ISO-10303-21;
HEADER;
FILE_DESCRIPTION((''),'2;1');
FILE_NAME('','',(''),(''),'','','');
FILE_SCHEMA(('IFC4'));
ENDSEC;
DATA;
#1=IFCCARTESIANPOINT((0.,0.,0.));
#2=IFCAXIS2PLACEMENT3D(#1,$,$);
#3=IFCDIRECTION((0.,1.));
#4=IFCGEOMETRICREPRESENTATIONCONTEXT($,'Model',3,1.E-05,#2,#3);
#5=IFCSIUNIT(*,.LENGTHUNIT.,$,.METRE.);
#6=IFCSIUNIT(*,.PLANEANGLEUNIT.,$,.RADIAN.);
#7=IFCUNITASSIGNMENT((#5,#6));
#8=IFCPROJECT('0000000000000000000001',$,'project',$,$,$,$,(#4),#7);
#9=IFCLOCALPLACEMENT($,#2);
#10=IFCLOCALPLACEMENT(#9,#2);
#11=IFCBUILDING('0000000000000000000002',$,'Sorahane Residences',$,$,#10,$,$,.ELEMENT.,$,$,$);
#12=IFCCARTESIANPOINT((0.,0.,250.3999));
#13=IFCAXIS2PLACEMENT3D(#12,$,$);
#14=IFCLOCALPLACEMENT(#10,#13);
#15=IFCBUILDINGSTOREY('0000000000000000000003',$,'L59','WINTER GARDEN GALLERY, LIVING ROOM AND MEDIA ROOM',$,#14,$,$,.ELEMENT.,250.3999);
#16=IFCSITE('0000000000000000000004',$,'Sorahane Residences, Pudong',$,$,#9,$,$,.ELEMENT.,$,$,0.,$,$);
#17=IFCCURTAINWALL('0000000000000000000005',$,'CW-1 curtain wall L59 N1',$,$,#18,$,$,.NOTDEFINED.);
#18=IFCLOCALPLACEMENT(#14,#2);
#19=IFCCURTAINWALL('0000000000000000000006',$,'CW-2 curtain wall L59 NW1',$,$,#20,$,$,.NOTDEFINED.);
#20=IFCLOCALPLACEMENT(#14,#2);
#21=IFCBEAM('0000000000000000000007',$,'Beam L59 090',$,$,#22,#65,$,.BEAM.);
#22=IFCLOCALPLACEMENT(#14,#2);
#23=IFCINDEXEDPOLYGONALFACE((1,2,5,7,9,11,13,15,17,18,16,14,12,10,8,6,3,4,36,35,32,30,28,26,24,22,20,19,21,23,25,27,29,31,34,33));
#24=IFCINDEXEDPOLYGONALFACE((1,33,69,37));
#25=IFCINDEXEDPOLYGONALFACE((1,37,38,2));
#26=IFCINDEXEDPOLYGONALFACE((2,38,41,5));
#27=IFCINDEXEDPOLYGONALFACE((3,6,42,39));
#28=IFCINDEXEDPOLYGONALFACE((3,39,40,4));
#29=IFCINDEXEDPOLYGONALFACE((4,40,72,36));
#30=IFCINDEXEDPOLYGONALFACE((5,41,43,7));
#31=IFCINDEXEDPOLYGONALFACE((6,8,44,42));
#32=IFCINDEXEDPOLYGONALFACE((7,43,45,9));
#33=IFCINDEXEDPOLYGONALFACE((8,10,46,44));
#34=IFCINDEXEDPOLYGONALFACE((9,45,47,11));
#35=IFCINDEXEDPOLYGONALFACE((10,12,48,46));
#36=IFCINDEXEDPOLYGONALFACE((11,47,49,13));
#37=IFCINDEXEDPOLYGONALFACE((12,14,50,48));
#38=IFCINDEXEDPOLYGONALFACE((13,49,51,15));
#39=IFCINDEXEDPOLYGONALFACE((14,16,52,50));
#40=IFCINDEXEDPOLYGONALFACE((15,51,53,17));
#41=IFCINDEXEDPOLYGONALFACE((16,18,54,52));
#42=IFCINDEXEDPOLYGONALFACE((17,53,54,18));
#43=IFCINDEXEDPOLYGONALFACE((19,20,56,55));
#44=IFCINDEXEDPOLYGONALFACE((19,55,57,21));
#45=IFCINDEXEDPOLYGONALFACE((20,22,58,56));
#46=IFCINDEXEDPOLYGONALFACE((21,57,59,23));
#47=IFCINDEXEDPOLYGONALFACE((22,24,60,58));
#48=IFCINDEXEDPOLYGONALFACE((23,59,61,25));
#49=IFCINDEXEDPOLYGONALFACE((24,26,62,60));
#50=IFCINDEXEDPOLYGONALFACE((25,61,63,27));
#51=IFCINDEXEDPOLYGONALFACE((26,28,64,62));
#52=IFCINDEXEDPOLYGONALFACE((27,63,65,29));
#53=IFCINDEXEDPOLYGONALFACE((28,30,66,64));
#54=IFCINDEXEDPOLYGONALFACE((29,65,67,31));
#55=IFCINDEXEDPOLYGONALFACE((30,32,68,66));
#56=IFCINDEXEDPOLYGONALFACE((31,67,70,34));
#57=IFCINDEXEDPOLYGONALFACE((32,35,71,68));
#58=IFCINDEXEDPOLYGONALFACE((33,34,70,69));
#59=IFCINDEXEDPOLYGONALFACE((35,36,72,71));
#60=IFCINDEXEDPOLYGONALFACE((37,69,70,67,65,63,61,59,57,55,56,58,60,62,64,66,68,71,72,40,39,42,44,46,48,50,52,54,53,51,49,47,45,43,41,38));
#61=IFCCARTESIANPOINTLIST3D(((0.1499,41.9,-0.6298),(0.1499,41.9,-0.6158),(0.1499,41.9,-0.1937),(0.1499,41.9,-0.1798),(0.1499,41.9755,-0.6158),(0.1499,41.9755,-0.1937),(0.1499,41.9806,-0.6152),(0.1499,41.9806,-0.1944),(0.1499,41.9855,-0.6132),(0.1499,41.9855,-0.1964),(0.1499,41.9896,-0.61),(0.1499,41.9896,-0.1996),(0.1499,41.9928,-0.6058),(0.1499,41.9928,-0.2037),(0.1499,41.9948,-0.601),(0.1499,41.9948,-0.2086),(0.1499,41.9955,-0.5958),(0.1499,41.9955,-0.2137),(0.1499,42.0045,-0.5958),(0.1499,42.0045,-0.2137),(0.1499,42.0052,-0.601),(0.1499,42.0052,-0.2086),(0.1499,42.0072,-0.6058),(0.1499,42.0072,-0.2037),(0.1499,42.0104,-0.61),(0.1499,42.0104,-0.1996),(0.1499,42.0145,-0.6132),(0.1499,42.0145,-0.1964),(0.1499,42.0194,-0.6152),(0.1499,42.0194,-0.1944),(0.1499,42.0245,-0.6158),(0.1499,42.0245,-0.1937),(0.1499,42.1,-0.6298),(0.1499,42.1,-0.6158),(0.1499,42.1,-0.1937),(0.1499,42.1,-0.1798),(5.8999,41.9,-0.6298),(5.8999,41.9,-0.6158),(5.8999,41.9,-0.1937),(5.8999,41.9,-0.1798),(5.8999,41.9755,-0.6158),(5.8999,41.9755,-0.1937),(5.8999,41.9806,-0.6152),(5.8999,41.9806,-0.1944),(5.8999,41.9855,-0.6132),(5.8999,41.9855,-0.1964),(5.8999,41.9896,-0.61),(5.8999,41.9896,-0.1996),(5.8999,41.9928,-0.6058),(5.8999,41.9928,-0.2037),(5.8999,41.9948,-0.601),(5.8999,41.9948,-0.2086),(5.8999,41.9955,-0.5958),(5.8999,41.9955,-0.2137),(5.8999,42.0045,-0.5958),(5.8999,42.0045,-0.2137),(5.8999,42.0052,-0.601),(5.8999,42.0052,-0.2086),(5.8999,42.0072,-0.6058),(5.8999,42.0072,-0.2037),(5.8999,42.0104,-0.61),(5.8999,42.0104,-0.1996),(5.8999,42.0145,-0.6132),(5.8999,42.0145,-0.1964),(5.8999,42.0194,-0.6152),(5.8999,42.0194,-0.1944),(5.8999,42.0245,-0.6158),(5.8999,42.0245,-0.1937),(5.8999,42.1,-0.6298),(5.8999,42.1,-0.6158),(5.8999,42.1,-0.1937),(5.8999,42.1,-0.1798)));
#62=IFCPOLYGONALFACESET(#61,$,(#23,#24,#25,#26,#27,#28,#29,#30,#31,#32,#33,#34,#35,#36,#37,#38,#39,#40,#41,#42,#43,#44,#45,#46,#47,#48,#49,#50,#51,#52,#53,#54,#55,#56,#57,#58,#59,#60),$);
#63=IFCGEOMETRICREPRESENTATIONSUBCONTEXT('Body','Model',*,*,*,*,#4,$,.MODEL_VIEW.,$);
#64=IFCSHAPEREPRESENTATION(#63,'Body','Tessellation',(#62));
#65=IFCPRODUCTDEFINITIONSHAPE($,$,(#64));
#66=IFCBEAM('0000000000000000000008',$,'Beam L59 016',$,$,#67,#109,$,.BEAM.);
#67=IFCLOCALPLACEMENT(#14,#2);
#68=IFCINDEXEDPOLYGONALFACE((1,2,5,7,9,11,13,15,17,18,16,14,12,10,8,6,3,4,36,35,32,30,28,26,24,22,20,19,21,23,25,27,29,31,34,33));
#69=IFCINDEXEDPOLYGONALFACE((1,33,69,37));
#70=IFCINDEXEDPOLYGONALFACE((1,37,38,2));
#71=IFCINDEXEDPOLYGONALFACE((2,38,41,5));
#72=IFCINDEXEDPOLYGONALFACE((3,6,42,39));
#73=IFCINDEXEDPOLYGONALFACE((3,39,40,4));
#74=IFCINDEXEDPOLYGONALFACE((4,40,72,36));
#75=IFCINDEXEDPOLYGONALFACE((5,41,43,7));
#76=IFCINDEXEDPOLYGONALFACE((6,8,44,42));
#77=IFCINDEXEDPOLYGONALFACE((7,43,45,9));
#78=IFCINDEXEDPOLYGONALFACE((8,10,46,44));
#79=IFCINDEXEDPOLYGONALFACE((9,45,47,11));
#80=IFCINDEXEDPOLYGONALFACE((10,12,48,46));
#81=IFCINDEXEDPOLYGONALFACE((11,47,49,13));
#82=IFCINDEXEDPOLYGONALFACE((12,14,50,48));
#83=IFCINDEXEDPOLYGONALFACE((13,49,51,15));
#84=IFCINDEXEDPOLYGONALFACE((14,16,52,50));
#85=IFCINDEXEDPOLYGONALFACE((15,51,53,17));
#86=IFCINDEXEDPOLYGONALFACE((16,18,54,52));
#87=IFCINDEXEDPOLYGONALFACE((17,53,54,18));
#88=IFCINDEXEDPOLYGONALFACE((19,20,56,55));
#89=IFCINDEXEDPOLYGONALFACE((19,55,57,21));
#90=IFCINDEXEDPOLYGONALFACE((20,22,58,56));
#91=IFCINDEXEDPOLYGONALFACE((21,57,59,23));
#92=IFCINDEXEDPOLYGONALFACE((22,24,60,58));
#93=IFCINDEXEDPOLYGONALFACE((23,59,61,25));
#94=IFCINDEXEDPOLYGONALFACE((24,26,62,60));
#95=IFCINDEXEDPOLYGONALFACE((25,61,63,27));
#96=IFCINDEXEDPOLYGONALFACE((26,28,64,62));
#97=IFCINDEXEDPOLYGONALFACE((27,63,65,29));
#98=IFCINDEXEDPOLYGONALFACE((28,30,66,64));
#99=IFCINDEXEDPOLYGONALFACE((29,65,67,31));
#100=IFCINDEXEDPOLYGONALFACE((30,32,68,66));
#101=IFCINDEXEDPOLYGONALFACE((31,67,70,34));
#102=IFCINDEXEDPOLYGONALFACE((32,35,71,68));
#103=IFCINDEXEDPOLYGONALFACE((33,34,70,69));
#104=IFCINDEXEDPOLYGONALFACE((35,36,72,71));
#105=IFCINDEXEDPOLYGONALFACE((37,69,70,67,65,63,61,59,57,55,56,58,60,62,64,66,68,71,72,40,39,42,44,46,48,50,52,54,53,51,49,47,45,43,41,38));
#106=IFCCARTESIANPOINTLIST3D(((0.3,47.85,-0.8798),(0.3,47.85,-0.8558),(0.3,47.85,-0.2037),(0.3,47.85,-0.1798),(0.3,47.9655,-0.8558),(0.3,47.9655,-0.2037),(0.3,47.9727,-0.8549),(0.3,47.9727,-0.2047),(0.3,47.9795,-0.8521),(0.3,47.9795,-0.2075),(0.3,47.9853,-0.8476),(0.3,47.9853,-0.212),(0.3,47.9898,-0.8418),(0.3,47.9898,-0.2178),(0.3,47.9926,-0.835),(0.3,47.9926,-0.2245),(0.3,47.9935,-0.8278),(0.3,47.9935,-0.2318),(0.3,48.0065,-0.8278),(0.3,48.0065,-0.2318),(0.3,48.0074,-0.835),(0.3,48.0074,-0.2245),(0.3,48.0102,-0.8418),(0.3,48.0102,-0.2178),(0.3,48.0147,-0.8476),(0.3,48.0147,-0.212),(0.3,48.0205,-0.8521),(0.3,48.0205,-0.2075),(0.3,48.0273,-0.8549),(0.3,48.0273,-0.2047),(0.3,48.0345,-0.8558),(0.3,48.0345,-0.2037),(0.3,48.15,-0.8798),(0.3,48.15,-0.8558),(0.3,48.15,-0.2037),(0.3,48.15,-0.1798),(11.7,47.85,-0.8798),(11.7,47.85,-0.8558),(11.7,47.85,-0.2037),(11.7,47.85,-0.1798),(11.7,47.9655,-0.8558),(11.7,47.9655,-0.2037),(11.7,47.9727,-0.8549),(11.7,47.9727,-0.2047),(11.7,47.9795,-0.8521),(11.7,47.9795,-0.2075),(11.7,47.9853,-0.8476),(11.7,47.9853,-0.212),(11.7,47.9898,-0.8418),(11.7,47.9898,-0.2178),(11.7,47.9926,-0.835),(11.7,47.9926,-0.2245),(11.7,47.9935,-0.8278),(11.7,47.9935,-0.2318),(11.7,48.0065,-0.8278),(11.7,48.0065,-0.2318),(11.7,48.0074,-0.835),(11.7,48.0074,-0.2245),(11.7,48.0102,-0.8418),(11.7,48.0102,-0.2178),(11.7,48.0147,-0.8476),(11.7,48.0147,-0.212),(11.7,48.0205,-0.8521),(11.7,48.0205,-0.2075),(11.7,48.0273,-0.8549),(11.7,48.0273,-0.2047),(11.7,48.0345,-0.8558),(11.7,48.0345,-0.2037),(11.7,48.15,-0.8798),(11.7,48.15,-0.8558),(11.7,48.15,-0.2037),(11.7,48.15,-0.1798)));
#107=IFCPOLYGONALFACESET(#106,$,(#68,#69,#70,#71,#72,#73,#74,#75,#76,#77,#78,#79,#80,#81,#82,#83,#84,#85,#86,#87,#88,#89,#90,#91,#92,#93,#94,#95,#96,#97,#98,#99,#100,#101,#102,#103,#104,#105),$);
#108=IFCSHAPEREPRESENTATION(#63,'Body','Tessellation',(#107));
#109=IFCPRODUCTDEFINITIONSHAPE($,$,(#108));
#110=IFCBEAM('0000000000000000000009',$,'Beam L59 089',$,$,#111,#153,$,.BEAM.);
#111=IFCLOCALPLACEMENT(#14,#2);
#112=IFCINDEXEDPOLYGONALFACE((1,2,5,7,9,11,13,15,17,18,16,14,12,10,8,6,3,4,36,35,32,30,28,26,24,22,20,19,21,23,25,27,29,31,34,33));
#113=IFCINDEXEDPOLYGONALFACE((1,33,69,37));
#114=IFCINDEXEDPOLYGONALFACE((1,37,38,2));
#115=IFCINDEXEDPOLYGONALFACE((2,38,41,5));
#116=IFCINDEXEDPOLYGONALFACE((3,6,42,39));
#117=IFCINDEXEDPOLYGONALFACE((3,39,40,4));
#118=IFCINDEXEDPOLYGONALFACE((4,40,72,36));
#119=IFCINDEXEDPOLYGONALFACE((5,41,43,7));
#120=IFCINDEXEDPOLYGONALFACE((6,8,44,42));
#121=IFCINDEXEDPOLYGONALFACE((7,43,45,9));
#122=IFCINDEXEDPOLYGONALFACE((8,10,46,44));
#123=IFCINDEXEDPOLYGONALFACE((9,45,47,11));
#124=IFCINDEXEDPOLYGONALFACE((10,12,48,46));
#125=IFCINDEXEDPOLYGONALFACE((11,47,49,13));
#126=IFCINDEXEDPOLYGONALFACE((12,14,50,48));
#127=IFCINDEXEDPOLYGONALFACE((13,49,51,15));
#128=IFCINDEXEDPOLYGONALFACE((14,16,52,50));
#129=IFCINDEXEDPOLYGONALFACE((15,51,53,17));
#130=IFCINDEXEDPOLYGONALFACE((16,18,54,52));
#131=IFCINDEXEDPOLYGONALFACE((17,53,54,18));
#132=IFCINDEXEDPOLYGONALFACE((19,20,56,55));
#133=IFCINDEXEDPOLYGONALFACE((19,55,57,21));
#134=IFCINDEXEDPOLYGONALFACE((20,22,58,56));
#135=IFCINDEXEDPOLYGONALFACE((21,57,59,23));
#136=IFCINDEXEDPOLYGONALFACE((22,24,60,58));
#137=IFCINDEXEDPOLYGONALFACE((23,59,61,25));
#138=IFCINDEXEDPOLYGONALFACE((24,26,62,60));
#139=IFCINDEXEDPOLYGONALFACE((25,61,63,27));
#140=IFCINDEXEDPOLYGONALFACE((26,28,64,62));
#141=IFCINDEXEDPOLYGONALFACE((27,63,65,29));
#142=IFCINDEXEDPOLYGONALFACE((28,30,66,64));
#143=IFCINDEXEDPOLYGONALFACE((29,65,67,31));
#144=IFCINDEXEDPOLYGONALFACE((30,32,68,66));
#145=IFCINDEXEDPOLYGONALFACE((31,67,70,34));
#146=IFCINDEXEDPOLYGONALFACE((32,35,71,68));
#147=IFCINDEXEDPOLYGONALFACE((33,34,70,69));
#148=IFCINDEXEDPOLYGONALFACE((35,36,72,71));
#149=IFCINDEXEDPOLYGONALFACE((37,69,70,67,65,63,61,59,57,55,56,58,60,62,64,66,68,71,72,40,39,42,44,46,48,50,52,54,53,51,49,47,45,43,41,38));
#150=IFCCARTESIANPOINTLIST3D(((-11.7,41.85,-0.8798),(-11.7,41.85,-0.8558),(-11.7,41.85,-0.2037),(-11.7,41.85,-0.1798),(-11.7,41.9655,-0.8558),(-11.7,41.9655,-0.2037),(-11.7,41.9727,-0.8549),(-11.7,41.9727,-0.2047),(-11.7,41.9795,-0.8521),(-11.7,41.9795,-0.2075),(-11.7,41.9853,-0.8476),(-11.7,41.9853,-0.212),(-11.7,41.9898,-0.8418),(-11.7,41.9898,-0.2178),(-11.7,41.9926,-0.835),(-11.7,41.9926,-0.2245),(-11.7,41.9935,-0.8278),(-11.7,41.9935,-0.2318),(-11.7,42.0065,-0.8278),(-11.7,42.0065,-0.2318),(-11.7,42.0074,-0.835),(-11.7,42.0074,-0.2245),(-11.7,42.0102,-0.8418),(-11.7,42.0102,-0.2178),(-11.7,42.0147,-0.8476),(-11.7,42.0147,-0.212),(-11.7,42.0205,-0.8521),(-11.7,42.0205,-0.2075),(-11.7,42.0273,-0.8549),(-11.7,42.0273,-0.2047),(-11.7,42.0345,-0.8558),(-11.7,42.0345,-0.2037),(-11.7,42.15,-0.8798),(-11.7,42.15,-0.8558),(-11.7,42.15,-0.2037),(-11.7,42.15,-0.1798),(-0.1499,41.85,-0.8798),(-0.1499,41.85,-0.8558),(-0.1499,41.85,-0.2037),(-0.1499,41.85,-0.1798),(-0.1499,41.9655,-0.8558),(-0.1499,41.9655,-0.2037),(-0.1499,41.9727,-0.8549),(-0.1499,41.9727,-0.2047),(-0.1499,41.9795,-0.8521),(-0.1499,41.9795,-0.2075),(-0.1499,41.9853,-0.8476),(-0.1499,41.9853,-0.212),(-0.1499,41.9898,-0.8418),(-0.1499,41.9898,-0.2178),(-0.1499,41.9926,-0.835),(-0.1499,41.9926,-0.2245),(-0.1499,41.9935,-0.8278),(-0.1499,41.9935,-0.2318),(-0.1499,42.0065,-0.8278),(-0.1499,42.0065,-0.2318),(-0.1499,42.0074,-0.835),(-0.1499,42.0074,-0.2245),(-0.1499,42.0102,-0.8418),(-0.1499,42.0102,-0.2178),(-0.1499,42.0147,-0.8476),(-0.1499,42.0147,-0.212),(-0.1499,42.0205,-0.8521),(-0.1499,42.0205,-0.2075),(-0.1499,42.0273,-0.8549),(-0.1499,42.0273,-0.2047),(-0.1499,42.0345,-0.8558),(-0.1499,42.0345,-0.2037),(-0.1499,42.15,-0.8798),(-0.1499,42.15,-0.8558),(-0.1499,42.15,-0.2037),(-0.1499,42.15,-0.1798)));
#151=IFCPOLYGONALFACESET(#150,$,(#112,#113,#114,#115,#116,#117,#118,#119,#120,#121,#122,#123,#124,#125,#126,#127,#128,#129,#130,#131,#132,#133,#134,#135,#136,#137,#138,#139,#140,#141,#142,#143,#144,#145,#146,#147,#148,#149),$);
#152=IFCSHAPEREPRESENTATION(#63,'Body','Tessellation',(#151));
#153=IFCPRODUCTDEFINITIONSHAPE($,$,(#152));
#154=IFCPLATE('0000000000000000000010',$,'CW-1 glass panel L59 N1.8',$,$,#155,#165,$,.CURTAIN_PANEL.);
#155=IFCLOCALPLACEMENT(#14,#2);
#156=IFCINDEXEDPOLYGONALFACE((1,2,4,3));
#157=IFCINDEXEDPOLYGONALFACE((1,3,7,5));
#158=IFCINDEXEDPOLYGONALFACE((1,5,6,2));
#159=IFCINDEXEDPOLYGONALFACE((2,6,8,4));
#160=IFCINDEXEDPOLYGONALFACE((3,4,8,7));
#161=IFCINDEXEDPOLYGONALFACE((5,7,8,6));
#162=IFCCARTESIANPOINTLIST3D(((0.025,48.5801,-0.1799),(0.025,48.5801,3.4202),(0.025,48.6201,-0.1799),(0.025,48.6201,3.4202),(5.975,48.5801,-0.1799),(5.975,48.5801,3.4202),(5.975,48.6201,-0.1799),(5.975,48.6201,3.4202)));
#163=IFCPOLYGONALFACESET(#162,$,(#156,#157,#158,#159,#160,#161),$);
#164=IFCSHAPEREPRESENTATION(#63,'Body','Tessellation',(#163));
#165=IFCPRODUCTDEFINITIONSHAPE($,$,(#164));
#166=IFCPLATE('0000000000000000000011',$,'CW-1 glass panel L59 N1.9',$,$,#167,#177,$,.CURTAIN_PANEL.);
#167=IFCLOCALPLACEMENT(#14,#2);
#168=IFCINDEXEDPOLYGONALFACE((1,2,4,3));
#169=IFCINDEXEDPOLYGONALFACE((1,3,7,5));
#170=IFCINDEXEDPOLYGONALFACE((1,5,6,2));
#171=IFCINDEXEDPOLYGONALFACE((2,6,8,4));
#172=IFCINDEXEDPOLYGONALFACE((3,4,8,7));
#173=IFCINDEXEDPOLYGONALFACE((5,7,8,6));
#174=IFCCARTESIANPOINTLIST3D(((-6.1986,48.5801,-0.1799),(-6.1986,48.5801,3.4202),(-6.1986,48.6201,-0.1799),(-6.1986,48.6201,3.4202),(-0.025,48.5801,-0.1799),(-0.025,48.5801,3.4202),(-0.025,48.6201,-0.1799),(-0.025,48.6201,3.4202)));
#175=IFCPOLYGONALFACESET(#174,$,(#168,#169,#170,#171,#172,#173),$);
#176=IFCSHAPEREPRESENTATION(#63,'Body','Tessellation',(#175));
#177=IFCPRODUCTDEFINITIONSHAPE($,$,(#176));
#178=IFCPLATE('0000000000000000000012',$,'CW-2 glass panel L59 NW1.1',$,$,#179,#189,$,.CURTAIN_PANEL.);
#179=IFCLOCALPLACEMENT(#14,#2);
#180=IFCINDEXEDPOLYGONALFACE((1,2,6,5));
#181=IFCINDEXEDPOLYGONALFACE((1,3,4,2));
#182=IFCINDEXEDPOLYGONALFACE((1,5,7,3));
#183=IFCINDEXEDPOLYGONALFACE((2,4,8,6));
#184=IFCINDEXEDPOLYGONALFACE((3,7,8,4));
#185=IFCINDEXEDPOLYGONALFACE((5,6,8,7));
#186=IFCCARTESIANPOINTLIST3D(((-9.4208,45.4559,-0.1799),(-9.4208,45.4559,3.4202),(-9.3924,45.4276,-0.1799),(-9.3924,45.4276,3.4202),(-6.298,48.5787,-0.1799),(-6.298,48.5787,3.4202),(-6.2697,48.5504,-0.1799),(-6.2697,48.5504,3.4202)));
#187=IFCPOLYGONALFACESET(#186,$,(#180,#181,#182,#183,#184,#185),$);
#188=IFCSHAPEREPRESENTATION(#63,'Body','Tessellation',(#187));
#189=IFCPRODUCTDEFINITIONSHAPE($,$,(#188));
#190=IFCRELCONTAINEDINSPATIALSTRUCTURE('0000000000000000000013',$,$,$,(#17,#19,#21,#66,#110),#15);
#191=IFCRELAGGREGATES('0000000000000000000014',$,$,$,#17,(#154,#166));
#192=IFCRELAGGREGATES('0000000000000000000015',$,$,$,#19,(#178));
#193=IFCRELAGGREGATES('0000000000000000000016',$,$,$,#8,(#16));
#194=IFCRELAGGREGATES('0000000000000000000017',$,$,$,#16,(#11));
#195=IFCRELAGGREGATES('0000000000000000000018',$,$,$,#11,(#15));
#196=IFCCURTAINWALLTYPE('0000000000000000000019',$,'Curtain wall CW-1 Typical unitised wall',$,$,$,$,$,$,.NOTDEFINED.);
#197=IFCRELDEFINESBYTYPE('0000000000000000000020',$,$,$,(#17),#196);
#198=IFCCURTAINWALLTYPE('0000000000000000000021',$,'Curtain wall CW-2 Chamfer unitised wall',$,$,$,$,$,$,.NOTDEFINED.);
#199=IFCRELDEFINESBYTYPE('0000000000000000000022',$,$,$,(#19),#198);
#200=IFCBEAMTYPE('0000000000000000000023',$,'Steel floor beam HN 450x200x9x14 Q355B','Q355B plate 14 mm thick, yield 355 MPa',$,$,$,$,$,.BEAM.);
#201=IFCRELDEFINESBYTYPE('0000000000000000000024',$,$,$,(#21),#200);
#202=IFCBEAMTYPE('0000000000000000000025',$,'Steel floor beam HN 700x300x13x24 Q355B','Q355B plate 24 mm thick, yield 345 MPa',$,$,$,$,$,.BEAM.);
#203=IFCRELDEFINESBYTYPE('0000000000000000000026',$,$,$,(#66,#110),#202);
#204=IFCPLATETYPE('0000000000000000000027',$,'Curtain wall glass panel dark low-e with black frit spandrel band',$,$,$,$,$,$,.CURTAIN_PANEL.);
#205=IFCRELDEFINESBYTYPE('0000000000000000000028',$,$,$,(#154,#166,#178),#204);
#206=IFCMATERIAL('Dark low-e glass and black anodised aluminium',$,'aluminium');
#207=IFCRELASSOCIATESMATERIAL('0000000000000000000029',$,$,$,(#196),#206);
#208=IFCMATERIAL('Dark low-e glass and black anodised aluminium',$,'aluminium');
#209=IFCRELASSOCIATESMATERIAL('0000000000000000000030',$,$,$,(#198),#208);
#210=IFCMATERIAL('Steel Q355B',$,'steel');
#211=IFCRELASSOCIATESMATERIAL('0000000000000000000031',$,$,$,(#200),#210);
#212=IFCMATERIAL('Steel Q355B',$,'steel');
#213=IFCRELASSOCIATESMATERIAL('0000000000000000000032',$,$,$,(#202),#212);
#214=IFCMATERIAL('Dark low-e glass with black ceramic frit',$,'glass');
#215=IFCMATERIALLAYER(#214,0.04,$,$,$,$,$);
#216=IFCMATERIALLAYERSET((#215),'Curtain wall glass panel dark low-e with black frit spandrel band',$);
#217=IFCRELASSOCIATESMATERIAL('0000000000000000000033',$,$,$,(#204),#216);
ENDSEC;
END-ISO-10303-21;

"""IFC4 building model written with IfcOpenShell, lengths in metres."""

from ifc_helpers import new_model, si_unit, direction, frame, origin, origin_2d, place, context, subcontext, project, spatial, rectangle, i_section, extrude, material, layer, layer_set, material_profile, profile_set, type_object, element, aggregate, save


model = new_model("IFC4")

# Units and contexts
model_context = context("Model", 3, precision=1e-05, world=origin(), true_north=direction((0.0, 1.0)))
body_context = subcontext(model_context, "Body", "Model", "MODEL_VIEW")
ifc_project = project(units=[si_unit("LENGTHUNIT", "METRE"), si_unit("PLANEANGLEUNIT", "RADIAN")], contexts=[model_context])

# Site, building, storey
site_placement = place(None, origin())
site = spatial("IfcSite", under=ifc_project, at=site_placement, Name="Sorahane Residences, Pudong", CompositionType="ELEMENT", RefElevation=0.0)
building_placement = place(site_placement, origin())
building = spatial("IfcBuilding", under=site, at=building_placement, Name="Sorahane Residences", CompositionType="ELEMENT")
storey_placement = place(building_placement, frame((0.0, 0.0, 250.3999)))
storey = spatial("IfcBuildingStorey", under=building, at=storey_placement, Name="L59", Description="WINTER GARDEN GALLERY, LIVING ROOM AND MEDIA ROOM", CompositionType="ELEMENT", Elevation=250.3999)

# Curtain walls
ifc_material_1 = material(Name="Dark low-e glass and black anodised aluminium", Category="aluminium")
curtain_wall_type_1 = type_object("IfcCurtainWallType", Name="Curtain wall CW-1 Typical unitised wall", PredefinedType="NOTDEFINED", material=ifc_material_1)
curtain_wall_1_placement = place(storey_placement, origin())
curtain_wall_1 = element("IfcCurtainWall", 1, at=curtain_wall_1_placement, inside=storey, type_object=curtain_wall_type_1, Name="CW-1 curtain wall L59 N1", PredefinedType="NOTDEFINED")
ifc_material_2 = material(Name="Dark low-e glass and black anodised aluminium", Category="aluminium")
curtain_wall_type_2 = type_object("IfcCurtainWallType", Name="Curtain wall CW-2 Chamfer unitised wall", PredefinedType="NOTDEFINED", material=ifc_material_2)
curtain_wall_2_placement = place(storey_placement, origin())
curtain_wall_2 = element("IfcCurtainWall", 2, at=curtain_wall_2_placement, inside=storey, type_object=curtain_wall_type_2, Name="CW-2 curtain wall L59 NW1", PredefinedType="NOTDEFINED")

# Beams
ifc_material_3 = material(Name="Steel Q355B", Category="steel")
ifc_material_profile_1 = material_profile(ifc_material_3, i_section(OverallWidth=0.2, OverallDepth=0.45, WebThickness=0.009, FlangeThickness=0.0139, FilletRadius=0.02, at=origin_2d()), Name="HN 450x200x9x14")
ifc_profile_set_1 = profile_set([ifc_material_profile_1], Name="Steel Q355B")
beam_type_1 = type_object("IfcBeamType", Name="Steel floor beam HN 450x200x9x14 Q355B", Description="Q355B plate 14 mm thick, yield 355 MPa", PredefinedType="BEAM", material=ifc_profile_set_1)
beam_1_placement = place(storey_placement, frame((0.1499, 42.0, -0.4048), z_axis=(1.0, 0.0, 0.0), x_axis=(0.0, 1.0, 0.0)))
element("IfcBeam", 3, at=beam_1_placement, inside=storey, type_object=beam_type_1, Name="Beam L59 090", PredefinedType="BEAM", context=body_context, shape_type="SweptSolid", body=[
    extrude(i_section(OverallWidth=0.2, OverallDepth=0.45, WebThickness=0.009, FlangeThickness=0.0139, FilletRadius=0.02, at=origin_2d()), origin(), (0.0, 0.0, 1.0), 5.75),
])
ifc_material_4 = material(Name="Steel Q355B", Category="steel")
ifc_material_profile_2 = material_profile(ifc_material_4, i_section(OverallWidth=0.3, OverallDepth=0.7, WebThickness=0.0129, FlangeThickness=0.0239, FilletRadius=0.0281, at=origin_2d()), Name="HN 700x300x13x24")
ifc_profile_set_2 = profile_set([ifc_material_profile_2], Name="Steel Q355B")
beam_type_2 = type_object("IfcBeamType", Name="Steel floor beam HN 700x300x13x24 Q355B", Description="Q355B plate 24 mm thick, yield 345 MPa", PredefinedType="BEAM", material=ifc_profile_set_2)
beam_2_placement = place(storey_placement, frame((0.3, 48.0, -0.5298), z_axis=(1.0, 0.0, 0.0), x_axis=(0.0, 1.0, 0.0)))
element("IfcBeam", 4, at=beam_2_placement, inside=storey, type_object=beam_type_2, Name="Beam L59 016", PredefinedType="BEAM", context=body_context, shape_type="SweptSolid", body=[
    extrude(i_section(OverallWidth=0.3, OverallDepth=0.7, WebThickness=0.0129, FlangeThickness=0.0239, FilletRadius=0.0281, at=origin_2d()), origin(), (0.0, 0.0, 1.0), 11.3999),
])
beam_3_placement = place(storey_placement, frame((-11.7, 42.0, -0.5298), z_axis=(1.0, 0.0, 0.0), x_axis=(0.0, 1.0, 0.0)))
element("IfcBeam", 5, at=beam_3_placement, inside=storey, type_object=beam_type_2, Name="Beam L59 089", PredefinedType="BEAM", context=body_context, shape_type="SweptSolid", body=[
    extrude(i_section(OverallWidth=0.3, OverallDepth=0.7, WebThickness=0.0129, FlangeThickness=0.0239, FilletRadius=0.0281, at=origin_2d()), origin(), (0.0, 0.0, 1.0), 11.55),
])

# Plates
ifc_material_5 = material(Name="Dark low-e glass with black ceramic frit", Category="glass")
ifc_layer_1 = layer(ifc_material_5, 0.04)
ifc_layer_set_1 = layer_set([ifc_layer_1], Name="Curtain wall glass panel dark low-e with black frit spandrel band")
plate_type = type_object("IfcPlateType", Name="Curtain wall glass panel dark low-e with black frit spandrel band", PredefinedType="CURTAIN_PANEL", material=ifc_layer_set_1)
plate_1_placement = place(storey_placement, frame((3.0, 48.6001, -0.1799), z_axis=(0.0, 0.0, 1.0), x_axis=(-1.0, 0.0, 0.0)))
plate_1 = element("IfcPlate", 6, at=plate_1_placement, type_object=plate_type, Name="CW-1 glass panel L59 N1.8", PredefinedType="CURTAIN_PANEL", context=body_context, shape_type="SweptSolid", body=[
    extrude(rectangle(XDim=5.95, YDim=0.04, at=origin_2d()), origin(), (0.0, 0.0, 1.0), 3.6001),
])
plate_2_placement = place(storey_placement, frame((-3.1118, 48.6001, -0.1799), z_axis=(0.0, 0.0, 1.0), x_axis=(-1.0, 0.0, 0.0)))
plate_2 = element("IfcPlate", 7, at=plate_2_placement, type_object=plate_type, Name="CW-1 glass panel L59 N1.9", PredefinedType="CURTAIN_PANEL", context=body_context, shape_type="SweptSolid", body=[
    extrude(rectangle(XDim=6.1736, YDim=0.04, at=origin_2d()), origin(), (0.0, 0.0, 1.0), 3.6001),
])
aggregate(curtain_wall_1, [plate_1, plate_2])
plate_3_placement = place(storey_placement, frame((-7.8452, 47.0032, -0.1799), z_axis=(0.0, 0.0, 1.0), x_axis=(-0.707107, -0.707107, 0.0)))
plate_3 = element("IfcPlate", 8, at=plate_3_placement, type_object=plate_type, Name="CW-2 glass panel L59 NW1.1", PredefinedType="CURTAIN_PANEL", context=body_context, shape_type="SweptSolid", body=[
    extrude(rectangle(XDim=4.4163, YDim=0.04, at=origin_2d()), origin(), (0.0, 0.0, 1.0), 3.6001),
])
aggregate(curtain_wall_2, [plate_3])

save(model, "model.ifc")
